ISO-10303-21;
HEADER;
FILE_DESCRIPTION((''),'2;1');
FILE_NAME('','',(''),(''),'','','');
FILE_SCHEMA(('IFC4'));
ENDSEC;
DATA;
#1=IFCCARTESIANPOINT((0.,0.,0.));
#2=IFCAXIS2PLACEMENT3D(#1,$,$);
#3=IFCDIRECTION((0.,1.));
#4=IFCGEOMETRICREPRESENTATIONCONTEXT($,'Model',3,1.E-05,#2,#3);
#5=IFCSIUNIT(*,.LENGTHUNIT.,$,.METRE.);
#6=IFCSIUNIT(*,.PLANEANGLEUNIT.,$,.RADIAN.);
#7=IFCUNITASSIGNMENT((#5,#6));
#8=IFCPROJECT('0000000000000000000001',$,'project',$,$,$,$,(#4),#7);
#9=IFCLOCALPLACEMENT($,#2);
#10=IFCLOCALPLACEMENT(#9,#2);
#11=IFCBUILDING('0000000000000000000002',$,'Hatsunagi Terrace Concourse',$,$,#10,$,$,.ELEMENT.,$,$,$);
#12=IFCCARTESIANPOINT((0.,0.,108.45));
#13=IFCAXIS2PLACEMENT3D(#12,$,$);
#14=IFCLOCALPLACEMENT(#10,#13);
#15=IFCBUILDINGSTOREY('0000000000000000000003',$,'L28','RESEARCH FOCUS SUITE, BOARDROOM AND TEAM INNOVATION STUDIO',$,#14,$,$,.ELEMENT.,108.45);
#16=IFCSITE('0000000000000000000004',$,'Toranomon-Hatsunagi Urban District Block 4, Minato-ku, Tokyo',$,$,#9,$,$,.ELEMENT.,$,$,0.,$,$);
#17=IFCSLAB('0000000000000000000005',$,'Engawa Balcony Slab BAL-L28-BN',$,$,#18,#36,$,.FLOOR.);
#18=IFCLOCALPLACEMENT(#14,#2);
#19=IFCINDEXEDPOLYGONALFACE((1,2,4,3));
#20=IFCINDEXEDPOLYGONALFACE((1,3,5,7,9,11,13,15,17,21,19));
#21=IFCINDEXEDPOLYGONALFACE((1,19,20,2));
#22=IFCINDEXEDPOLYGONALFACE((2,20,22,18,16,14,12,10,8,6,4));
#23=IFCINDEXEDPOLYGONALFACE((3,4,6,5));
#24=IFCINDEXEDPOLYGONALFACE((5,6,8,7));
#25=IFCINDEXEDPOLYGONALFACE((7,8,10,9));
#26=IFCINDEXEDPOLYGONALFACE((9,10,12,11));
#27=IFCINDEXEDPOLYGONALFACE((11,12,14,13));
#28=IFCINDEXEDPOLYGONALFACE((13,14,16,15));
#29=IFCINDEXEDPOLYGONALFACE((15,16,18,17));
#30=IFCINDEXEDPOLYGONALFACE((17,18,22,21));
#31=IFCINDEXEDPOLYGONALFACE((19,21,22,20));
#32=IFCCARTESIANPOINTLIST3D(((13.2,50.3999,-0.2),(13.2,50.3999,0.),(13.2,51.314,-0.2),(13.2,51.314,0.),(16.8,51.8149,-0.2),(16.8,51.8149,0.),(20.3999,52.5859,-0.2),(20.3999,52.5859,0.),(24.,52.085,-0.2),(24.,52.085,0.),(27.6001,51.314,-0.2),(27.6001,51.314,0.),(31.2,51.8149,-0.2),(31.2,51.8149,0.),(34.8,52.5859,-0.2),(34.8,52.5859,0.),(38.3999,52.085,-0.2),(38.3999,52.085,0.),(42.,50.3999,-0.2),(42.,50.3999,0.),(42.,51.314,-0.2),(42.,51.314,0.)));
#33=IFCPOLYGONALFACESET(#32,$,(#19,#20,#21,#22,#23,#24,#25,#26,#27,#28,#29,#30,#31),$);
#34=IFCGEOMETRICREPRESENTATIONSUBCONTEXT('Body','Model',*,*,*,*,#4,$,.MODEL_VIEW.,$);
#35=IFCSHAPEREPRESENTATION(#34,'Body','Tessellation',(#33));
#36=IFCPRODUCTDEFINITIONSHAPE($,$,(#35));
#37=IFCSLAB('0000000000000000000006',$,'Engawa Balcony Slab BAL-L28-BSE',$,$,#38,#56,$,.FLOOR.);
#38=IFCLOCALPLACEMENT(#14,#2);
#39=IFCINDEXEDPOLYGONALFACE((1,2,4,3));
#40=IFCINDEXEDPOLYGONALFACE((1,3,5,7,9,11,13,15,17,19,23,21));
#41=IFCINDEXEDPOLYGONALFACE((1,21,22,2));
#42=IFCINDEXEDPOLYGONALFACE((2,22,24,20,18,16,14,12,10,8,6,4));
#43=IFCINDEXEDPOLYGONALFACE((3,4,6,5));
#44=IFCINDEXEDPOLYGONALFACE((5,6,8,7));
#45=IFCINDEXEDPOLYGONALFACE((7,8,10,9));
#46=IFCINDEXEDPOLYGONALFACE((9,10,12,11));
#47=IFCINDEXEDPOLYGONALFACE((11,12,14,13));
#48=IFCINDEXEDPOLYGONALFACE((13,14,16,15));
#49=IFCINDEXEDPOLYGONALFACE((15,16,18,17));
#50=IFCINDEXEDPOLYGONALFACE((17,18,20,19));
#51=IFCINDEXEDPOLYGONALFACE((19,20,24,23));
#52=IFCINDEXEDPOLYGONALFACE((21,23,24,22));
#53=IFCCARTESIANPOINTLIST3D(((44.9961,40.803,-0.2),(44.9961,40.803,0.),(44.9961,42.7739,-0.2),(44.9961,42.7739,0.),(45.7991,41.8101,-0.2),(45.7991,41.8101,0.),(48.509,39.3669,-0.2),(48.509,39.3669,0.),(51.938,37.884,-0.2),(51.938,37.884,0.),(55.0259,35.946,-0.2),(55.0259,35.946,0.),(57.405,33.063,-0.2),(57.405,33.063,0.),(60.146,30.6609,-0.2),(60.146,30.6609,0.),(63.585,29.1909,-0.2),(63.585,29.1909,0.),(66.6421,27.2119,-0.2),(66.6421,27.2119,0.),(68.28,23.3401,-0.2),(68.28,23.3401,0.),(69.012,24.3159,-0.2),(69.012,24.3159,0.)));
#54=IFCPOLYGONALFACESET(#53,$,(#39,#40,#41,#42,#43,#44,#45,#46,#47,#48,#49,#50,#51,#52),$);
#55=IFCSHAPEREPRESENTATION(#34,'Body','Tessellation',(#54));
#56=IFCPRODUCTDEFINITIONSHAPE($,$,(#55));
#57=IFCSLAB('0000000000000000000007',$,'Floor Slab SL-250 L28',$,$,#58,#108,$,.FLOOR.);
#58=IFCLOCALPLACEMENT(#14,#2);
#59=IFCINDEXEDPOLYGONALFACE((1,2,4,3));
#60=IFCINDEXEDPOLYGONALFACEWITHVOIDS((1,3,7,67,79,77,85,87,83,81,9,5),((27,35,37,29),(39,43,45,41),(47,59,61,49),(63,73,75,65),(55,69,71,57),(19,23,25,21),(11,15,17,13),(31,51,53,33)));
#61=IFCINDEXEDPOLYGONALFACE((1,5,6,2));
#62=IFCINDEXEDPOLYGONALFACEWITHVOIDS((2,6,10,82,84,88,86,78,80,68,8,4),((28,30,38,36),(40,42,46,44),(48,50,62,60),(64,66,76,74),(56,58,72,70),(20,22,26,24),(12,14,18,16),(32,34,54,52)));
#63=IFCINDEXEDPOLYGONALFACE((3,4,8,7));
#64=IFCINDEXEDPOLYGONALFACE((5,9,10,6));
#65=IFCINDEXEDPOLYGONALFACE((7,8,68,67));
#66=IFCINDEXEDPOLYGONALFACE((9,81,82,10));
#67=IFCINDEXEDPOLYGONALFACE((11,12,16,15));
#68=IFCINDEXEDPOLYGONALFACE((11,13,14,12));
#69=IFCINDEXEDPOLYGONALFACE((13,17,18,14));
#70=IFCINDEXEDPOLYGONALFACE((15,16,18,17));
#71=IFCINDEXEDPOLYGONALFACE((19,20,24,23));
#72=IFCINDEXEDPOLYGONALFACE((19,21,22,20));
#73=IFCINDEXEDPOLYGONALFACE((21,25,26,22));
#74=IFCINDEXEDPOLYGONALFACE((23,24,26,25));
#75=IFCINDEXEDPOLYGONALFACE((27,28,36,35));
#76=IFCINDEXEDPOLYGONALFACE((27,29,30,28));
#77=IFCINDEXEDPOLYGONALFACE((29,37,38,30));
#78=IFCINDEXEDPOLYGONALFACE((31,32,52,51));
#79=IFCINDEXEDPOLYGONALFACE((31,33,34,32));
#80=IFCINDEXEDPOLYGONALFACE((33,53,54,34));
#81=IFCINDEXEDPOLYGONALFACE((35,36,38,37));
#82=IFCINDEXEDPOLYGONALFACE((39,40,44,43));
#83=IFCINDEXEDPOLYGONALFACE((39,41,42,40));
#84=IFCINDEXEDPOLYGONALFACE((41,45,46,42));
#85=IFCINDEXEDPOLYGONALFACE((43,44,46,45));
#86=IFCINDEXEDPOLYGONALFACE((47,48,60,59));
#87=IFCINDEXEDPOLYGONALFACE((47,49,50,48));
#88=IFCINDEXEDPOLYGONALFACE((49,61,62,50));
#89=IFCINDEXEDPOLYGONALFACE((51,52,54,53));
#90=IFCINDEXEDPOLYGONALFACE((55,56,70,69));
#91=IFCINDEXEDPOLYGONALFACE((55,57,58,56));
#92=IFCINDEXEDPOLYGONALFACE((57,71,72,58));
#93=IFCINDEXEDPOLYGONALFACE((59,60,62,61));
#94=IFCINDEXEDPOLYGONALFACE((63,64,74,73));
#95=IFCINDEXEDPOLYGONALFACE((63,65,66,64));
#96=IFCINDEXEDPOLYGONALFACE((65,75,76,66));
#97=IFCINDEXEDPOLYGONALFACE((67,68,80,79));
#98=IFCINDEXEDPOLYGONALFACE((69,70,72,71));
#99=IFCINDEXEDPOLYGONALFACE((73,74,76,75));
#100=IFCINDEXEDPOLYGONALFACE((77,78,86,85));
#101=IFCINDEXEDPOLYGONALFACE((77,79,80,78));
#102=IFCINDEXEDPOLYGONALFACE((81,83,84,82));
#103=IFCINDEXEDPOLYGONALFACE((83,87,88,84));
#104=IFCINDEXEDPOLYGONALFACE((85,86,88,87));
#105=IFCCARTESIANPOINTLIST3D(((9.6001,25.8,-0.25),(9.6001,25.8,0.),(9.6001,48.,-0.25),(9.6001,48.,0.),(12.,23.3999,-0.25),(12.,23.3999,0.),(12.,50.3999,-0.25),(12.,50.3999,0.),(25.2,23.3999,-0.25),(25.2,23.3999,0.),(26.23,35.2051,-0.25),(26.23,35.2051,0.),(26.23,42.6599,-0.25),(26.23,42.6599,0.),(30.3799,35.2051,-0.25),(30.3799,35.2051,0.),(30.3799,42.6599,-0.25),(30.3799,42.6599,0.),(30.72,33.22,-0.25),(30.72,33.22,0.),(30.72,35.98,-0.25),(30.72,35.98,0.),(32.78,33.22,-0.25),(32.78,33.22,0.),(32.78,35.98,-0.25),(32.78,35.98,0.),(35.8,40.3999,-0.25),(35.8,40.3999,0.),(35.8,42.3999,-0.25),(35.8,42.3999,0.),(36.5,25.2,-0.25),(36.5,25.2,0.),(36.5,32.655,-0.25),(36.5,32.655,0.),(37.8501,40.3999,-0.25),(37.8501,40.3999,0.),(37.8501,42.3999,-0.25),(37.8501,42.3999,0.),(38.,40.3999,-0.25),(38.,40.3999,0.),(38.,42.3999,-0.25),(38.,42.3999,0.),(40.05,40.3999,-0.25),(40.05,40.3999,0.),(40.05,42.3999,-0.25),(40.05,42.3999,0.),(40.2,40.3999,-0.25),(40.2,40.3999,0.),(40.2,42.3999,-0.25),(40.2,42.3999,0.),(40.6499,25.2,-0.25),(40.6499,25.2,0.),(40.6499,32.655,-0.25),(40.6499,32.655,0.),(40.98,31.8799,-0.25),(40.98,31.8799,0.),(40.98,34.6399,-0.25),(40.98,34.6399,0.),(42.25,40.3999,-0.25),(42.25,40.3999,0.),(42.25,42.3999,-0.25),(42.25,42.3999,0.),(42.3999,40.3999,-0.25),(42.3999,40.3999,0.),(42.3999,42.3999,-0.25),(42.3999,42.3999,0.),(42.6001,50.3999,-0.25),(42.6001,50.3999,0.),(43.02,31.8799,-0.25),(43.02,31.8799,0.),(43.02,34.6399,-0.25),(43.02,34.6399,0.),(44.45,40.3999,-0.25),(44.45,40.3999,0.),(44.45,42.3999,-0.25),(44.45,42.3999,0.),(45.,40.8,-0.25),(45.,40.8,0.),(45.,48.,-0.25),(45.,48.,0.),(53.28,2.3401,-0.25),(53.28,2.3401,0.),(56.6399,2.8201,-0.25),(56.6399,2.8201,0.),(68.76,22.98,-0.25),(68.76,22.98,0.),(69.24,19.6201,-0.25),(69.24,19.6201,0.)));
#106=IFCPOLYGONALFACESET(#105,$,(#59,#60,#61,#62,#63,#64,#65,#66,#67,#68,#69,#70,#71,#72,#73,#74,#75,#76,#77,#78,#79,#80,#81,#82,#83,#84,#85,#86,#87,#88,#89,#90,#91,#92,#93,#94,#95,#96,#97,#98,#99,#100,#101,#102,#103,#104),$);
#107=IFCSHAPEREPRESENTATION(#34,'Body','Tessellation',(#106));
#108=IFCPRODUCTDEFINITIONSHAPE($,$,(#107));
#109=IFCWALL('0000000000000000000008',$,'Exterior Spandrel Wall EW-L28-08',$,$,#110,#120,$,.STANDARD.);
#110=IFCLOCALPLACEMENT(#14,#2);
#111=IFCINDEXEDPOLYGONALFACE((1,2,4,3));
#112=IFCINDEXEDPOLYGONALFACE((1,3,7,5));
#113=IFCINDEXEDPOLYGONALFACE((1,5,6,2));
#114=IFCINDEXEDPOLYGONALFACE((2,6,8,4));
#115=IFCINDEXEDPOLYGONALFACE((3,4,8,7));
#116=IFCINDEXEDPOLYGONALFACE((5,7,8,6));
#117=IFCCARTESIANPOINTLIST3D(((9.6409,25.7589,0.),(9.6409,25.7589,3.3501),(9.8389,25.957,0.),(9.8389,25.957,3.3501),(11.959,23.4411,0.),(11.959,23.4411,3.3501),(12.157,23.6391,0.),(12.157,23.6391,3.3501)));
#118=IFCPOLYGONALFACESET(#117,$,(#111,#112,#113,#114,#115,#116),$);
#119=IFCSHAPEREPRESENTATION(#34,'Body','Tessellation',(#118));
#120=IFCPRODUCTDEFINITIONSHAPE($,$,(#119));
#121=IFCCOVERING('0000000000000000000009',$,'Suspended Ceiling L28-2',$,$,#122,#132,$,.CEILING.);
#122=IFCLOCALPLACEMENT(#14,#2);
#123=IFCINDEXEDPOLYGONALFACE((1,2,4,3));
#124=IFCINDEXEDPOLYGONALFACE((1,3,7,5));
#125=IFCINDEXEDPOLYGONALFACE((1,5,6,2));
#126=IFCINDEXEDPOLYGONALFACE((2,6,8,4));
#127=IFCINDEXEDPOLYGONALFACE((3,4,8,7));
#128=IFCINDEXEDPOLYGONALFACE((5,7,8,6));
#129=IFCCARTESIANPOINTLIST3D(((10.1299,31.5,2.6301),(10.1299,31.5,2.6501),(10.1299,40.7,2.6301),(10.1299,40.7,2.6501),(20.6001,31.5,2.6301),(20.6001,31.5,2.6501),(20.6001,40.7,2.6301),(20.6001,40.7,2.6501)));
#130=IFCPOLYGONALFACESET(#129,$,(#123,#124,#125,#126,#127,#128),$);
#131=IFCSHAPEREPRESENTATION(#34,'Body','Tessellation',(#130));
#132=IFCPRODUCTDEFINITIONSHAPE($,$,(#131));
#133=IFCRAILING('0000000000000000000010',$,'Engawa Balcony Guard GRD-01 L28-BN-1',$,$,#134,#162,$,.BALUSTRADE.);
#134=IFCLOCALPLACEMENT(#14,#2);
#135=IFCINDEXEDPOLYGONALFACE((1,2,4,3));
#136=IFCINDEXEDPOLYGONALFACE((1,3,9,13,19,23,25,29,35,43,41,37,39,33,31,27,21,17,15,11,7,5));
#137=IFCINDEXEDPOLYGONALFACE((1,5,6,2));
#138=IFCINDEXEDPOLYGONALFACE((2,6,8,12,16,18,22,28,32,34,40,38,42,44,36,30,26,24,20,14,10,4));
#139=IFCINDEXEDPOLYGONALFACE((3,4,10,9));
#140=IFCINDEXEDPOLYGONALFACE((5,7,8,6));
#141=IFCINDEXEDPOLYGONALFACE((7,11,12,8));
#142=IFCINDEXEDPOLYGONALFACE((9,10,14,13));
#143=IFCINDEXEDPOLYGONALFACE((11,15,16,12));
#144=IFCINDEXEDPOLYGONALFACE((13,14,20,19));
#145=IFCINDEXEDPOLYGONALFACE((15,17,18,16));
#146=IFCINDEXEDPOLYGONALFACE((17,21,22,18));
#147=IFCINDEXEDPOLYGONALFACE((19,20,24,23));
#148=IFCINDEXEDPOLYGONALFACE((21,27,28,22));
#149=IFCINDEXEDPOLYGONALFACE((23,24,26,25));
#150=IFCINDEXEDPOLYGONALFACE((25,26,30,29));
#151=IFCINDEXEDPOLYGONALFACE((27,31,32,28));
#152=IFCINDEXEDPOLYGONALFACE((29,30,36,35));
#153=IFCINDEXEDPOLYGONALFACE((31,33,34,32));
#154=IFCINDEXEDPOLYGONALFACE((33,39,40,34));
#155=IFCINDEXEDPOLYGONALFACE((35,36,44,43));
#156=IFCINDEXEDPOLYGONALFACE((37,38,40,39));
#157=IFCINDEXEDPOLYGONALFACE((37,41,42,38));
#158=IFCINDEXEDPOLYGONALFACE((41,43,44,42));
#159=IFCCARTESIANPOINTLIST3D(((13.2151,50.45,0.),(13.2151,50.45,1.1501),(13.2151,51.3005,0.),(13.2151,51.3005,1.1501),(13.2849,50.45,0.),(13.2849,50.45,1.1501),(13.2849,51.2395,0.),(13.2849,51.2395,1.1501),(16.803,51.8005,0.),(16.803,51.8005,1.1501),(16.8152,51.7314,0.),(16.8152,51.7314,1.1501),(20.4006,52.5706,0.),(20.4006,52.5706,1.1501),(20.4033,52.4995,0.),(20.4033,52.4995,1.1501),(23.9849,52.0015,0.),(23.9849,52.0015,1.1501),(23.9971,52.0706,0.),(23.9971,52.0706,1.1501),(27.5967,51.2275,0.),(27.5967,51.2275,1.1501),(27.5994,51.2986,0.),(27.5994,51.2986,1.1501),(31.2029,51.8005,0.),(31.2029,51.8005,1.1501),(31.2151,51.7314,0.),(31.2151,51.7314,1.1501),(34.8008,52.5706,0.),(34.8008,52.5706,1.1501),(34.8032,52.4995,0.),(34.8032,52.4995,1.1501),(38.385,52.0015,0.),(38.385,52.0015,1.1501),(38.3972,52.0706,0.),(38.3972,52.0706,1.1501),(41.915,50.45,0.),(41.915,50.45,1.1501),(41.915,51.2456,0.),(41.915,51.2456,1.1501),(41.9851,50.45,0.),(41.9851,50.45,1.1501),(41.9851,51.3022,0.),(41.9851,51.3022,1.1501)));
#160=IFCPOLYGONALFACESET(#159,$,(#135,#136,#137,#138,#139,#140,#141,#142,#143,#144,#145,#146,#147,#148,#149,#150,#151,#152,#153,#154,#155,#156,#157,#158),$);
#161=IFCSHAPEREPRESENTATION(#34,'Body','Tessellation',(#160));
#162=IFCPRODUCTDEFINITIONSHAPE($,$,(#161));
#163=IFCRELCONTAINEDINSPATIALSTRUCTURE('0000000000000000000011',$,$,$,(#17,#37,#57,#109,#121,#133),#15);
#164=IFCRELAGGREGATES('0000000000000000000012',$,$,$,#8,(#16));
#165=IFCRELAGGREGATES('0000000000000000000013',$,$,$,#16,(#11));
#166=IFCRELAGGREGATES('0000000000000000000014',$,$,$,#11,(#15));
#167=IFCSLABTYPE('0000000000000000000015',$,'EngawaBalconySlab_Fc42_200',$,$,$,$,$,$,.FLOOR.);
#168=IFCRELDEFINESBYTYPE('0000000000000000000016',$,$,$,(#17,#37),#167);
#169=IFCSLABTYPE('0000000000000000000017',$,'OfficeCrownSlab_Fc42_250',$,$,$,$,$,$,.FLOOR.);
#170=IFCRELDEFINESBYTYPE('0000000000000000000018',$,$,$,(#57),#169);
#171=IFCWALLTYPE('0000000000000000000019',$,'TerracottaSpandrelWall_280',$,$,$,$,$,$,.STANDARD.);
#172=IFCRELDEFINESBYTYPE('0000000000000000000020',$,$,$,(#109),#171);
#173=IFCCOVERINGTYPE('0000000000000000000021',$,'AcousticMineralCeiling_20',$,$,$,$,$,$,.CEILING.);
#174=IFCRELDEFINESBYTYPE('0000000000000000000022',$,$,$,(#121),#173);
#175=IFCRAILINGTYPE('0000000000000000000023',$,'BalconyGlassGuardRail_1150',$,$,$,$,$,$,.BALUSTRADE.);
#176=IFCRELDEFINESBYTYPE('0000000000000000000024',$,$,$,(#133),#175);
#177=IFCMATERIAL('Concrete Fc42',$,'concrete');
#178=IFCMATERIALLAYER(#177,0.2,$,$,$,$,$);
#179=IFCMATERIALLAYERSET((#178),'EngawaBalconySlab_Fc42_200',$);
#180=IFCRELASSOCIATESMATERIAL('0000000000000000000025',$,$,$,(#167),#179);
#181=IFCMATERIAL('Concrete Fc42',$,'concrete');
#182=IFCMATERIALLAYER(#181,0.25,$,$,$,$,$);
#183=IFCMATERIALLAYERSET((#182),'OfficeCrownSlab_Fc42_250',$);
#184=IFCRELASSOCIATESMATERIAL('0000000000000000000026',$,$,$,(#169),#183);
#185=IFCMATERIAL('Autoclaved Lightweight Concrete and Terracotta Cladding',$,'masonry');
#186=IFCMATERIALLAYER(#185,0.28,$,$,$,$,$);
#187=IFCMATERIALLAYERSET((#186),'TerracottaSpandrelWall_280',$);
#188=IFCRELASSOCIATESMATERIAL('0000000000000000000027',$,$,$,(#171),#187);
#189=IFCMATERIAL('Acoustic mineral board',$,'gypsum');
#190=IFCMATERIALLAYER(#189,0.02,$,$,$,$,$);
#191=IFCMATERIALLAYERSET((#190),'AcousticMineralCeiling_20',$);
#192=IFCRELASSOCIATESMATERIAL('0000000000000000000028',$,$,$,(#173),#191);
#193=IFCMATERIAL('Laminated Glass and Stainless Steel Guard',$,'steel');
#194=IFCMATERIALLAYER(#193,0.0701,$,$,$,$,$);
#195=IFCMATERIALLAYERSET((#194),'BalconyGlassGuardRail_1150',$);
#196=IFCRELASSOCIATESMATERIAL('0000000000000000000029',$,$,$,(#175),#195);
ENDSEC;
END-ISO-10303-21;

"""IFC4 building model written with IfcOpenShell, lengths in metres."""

from ifc_helpers import new_model, si_unit, direction, frame, frame_2d, origin, place, context, subcontext, project, spatial, polyline, rectangle, outline, extrude, material, layer, layer_set, type_object, element, save


model = new_model("IFC4")

# Units and contexts
model_context = context("Model", 3, precision=1e-05, world=origin(), true_north=direction((0.0, 1.0)))
body_context = subcontext(model_context, "Body", "Model", "MODEL_VIEW")
ifc_project = project(units=[si_unit("LENGTHUNIT", "METRE"), si_unit("PLANEANGLEUNIT", "RADIAN")], contexts=[model_context])

# Site, building, storey
site_placement = place(None, origin())
site = spatial("IfcSite", under=ifc_project, at=site_placement, Name="Toranomon-Hatsunagi Urban District Block 4, Minato-ku, Tokyo", CompositionType="ELEMENT", RefElevation=0.0)
building_placement = place(site_placement, origin())
building = spatial("IfcBuilding", under=site, at=building_placement, Name="Hatsunagi Terrace Concourse", CompositionType="ELEMENT")
storey_placement = place(building_placement, frame((0.0, 0.0, 108.45)))
storey = spatial("IfcBuildingStorey", under=building, at=storey_placement, Name="L28", Description="RESEARCH FOCUS SUITE, BOARDROOM AND TEAM INNOVATION STUDIO", CompositionType="ELEMENT", Elevation=108.45)

# Slabs
ifc_material_1 = material(Name="Concrete Fc42", Category="concrete")
ifc_layer_1 = layer(ifc_material_1, 0.2)
ifc_layer_set_1 = layer_set([ifc_layer_1], Name="EngawaBalconySlab_Fc42_200")
slab_type_1 = type_object("IfcSlabType", Name="EngawaBalconySlab_Fc42_200", PredefinedType="FLOOR", material=ifc_layer_set_1)
slab_1_placement = place(storey_placement, frame((0.0, 0.0, -0.2)))
element("IfcSlab", 1, at=slab_1_placement, inside=storey, type_object=slab_type_1, Name="Engawa Balcony Slab BAL-L28-BN", PredefinedType="FLOOR", context=body_context, shape_type="SweptSolid", body=[
    extrude(outline(polyline([(13.2, 51.314), (13.2, 50.3999), (42.0, 50.3999), (42.0, 51.314), (38.3999, 52.085), (34.8, 52.5859), (31.2, 51.8149), (27.6001, 51.314), (24.0, 52.085), (20.3999, 52.5859), (16.8, 51.8149), (13.2, 51.314)])), origin(), (0.0, 0.0, 1.0), 0.2),
])
slab_2_placement = place(storey_placement, frame((0.0, 0.0, -0.2)))
element("IfcSlab", 2, at=slab_2_placement, inside=storey, type_object=slab_type_1, Name="Engawa Balcony Slab BAL-L28-BSE", PredefinedType="FLOOR", context=body_context, shape_type="SweptSolid", body=[
    extrude(outline(polyline([(45.7991, 41.8101), (44.9961, 42.7739), (44.9961, 40.803), (68.28, 23.3401), (69.012, 24.3159), (66.6421, 27.2119), (63.585, 29.1909), (60.146, 30.6609), (57.405, 33.063), (55.0259, 35.946), (51.938, 37.884), (48.509, 39.3669), (45.7991, 41.8101)])), origin(), (0.0, 0.0, 1.0), 0.2),
])
ifc_material_2 = material(Name="Concrete Fc42", Category="concrete")
ifc_layer_2 = layer(ifc_material_2, 0.25)
ifc_layer_set_2 = layer_set([ifc_layer_2], Name="OfficeCrownSlab_Fc42_250")
slab_type_2 = type_object("IfcSlabType", Name="OfficeCrownSlab_Fc42_250", PredefinedType="FLOOR", material=ifc_layer_set_2)
slab_3_placement = place(storey_placement, frame((0.0, 0.0, -0.25)))
element("IfcSlab", 3, at=slab_3_placement, inside=storey, type_object=slab_type_2, Name="Floor Slab SL-250 L28", PredefinedType="FLOOR", context=body_context, shape_type="SweptSolid", body=[
    extrude(outline(polyline([(45.0, 40.8), (45.0, 48.0), (42.6001, 50.3999), (12.0, 50.3999), (9.6001, 48.0), (9.6001, 25.8), (12.0, 23.3999), (25.2, 23.3999), (53.28, 2.3401), (56.6399, 2.8201), (69.24, 19.6201), (68.76, 22.98), (45.0, 40.8)]), holes=[polyline([(26.23, 35.2051), (30.3799, 35.2051), (30.3799, 42.6599), (26.23, 42.6599), (26.23, 35.2051)]), polyline([(36.5, 25.2), (40.6499, 25.2), (40.6499, 32.655), (36.5, 32.655), (36.5, 25.2)]), polyline([(30.72, 33.22), (32.78, 33.22), (32.78, 35.98), (30.72, 35.98), (30.72, 33.22)]), polyline([(40.98, 31.8799), (43.02, 31.8799), (43.02, 34.6399), (40.98, 34.6399), (40.98, 31.8799)]), polyline([(35.8, 40.3999), (37.8501, 40.3999), (37.8501, 42.3999), (35.8, 42.3999), (35.8, 40.3999)]), polyline([(38.0, 40.3999), (40.05, 40.3999), (40.05, 42.3999), (38.0, 42.3999), (38.0, 40.3999)]), polyline([(40.2, 40.3999), (42.25, 40.3999), (42.25, 42.3999), (40.2, 42.3999), (40.2, 40.3999)]), polyline([(42.3999, 40.3999), (44.45, 40.3999), (44.45, 42.3999), (42.3999, 42.3999), (42.3999, 40.3999)])]), origin(), (0.0, 0.0, 1.0), 0.25),
])

# Wall
ifc_material_3 = material(Name="Autoclaved Lightweight Concrete and Terracotta Cladding", Category="masonry")
ifc_layer_3 = layer(ifc_material_3, 0.28)
ifc_layer_set_3 = layer_set([ifc_layer_3], Name="TerracottaSpandrelWall_280")
wall_type = type_object("IfcWallType", Name="TerracottaSpandrelWall_280", PredefinedType="STANDARD", material=ifc_layer_set_3)
wall_placement = place(storey_placement, frame((12.0581, 23.54, 0.0), z_axis=(0.0, 0.0, 1.0), x_axis=(-0.707144, 0.70707, 0.0)))
element("IfcWall", 4, at=wall_placement, inside=storey, type_object=wall_type, Name="Exterior Spandrel Wall EW-L28-08", PredefinedType="STANDARD", context=body_context, shape_type="SweptSolid", body=[
    extrude(rectangle(XDim=3.2781, YDim=0.28, at=frame_2d((1.6392, 0.0))), origin(), (0.0, 0.0, 1.0), 3.3501),
])

# Covering
ifc_material_4 = material(Name="Acoustic mineral board", Category="gypsum")
ifc_layer_4 = layer(ifc_material_4, 0.02)
ifc_layer_set_4 = layer_set([ifc_layer_4], Name="AcousticMineralCeiling_20")
covering_type_1 = type_object("IfcCoveringType", Name="AcousticMineralCeiling_20", PredefinedType="CEILING", material=ifc_layer_set_4)
covering_1_placement = place(storey_placement, frame((0.0, 0.0, 2.6301)))
element("IfcCovering", 5, at=covering_1_placement, inside=storey, type_object=covering_type_1, Name="Suspended Ceiling L28-2", PredefinedType="CEILING", context=body_context, shape_type="SweptSolid", body=[
    extrude(outline(polyline([(10.1299, 31.5), (20.6001, 31.5), (20.6001, 40.7), (10.1299, 40.7), (10.1299, 31.5)])), origin(), (0.0, 0.0, 1.0), 0.02),
])

# Railing
ifc_material_5 = material(Name="Laminated Glass and Stainless Steel Guard", Category="steel")
ifc_layer_5 = layer(ifc_material_5, 0.0701)
ifc_layer_set_5 = layer_set([ifc_layer_5], Name="BalconyGlassGuardRail_1150")
railing_type = type_object("IfcRailingType", Name="BalconyGlassGuardRail_1150", PredefinedType="BALUSTRADE", material=ifc_layer_set_5)
railing_1_placement = place(storey_placement, origin())
element("IfcRailing", 6, at=railing_1_placement, inside=storey, type_object=railing_type, Name="Engawa Balcony Guard GRD-01 L28-BN-1", PredefinedType="BALUSTRADE", context=body_context, shape_type="SweptSolid", body=[
    extrude(outline(polyline([(13.2151, 50.45), (13.2849, 50.45), (13.2849, 51.2395), (16.8152, 51.7314), (20.4033, 52.4995), (23.9849, 52.0015), (27.5967, 51.2275), (31.2151, 51.7314), (34.8032, 52.4995), (38.385, 52.0015), (41.915, 51.2456), (41.915, 50.45), (41.9851, 50.45), (41.9851, 51.3022), (38.3972, 52.0706), (34.8008, 52.5706), (31.2029, 51.8005), (27.5994, 51.2986), (23.9971, 52.0706), (20.4006, 52.5706), (16.803, 51.8005), (13.2151, 51.3005), (13.2151, 50.45)])), origin(), (0.0, 0.0, 1.0), 1.1501),
])

save(model, "model.ifc")
